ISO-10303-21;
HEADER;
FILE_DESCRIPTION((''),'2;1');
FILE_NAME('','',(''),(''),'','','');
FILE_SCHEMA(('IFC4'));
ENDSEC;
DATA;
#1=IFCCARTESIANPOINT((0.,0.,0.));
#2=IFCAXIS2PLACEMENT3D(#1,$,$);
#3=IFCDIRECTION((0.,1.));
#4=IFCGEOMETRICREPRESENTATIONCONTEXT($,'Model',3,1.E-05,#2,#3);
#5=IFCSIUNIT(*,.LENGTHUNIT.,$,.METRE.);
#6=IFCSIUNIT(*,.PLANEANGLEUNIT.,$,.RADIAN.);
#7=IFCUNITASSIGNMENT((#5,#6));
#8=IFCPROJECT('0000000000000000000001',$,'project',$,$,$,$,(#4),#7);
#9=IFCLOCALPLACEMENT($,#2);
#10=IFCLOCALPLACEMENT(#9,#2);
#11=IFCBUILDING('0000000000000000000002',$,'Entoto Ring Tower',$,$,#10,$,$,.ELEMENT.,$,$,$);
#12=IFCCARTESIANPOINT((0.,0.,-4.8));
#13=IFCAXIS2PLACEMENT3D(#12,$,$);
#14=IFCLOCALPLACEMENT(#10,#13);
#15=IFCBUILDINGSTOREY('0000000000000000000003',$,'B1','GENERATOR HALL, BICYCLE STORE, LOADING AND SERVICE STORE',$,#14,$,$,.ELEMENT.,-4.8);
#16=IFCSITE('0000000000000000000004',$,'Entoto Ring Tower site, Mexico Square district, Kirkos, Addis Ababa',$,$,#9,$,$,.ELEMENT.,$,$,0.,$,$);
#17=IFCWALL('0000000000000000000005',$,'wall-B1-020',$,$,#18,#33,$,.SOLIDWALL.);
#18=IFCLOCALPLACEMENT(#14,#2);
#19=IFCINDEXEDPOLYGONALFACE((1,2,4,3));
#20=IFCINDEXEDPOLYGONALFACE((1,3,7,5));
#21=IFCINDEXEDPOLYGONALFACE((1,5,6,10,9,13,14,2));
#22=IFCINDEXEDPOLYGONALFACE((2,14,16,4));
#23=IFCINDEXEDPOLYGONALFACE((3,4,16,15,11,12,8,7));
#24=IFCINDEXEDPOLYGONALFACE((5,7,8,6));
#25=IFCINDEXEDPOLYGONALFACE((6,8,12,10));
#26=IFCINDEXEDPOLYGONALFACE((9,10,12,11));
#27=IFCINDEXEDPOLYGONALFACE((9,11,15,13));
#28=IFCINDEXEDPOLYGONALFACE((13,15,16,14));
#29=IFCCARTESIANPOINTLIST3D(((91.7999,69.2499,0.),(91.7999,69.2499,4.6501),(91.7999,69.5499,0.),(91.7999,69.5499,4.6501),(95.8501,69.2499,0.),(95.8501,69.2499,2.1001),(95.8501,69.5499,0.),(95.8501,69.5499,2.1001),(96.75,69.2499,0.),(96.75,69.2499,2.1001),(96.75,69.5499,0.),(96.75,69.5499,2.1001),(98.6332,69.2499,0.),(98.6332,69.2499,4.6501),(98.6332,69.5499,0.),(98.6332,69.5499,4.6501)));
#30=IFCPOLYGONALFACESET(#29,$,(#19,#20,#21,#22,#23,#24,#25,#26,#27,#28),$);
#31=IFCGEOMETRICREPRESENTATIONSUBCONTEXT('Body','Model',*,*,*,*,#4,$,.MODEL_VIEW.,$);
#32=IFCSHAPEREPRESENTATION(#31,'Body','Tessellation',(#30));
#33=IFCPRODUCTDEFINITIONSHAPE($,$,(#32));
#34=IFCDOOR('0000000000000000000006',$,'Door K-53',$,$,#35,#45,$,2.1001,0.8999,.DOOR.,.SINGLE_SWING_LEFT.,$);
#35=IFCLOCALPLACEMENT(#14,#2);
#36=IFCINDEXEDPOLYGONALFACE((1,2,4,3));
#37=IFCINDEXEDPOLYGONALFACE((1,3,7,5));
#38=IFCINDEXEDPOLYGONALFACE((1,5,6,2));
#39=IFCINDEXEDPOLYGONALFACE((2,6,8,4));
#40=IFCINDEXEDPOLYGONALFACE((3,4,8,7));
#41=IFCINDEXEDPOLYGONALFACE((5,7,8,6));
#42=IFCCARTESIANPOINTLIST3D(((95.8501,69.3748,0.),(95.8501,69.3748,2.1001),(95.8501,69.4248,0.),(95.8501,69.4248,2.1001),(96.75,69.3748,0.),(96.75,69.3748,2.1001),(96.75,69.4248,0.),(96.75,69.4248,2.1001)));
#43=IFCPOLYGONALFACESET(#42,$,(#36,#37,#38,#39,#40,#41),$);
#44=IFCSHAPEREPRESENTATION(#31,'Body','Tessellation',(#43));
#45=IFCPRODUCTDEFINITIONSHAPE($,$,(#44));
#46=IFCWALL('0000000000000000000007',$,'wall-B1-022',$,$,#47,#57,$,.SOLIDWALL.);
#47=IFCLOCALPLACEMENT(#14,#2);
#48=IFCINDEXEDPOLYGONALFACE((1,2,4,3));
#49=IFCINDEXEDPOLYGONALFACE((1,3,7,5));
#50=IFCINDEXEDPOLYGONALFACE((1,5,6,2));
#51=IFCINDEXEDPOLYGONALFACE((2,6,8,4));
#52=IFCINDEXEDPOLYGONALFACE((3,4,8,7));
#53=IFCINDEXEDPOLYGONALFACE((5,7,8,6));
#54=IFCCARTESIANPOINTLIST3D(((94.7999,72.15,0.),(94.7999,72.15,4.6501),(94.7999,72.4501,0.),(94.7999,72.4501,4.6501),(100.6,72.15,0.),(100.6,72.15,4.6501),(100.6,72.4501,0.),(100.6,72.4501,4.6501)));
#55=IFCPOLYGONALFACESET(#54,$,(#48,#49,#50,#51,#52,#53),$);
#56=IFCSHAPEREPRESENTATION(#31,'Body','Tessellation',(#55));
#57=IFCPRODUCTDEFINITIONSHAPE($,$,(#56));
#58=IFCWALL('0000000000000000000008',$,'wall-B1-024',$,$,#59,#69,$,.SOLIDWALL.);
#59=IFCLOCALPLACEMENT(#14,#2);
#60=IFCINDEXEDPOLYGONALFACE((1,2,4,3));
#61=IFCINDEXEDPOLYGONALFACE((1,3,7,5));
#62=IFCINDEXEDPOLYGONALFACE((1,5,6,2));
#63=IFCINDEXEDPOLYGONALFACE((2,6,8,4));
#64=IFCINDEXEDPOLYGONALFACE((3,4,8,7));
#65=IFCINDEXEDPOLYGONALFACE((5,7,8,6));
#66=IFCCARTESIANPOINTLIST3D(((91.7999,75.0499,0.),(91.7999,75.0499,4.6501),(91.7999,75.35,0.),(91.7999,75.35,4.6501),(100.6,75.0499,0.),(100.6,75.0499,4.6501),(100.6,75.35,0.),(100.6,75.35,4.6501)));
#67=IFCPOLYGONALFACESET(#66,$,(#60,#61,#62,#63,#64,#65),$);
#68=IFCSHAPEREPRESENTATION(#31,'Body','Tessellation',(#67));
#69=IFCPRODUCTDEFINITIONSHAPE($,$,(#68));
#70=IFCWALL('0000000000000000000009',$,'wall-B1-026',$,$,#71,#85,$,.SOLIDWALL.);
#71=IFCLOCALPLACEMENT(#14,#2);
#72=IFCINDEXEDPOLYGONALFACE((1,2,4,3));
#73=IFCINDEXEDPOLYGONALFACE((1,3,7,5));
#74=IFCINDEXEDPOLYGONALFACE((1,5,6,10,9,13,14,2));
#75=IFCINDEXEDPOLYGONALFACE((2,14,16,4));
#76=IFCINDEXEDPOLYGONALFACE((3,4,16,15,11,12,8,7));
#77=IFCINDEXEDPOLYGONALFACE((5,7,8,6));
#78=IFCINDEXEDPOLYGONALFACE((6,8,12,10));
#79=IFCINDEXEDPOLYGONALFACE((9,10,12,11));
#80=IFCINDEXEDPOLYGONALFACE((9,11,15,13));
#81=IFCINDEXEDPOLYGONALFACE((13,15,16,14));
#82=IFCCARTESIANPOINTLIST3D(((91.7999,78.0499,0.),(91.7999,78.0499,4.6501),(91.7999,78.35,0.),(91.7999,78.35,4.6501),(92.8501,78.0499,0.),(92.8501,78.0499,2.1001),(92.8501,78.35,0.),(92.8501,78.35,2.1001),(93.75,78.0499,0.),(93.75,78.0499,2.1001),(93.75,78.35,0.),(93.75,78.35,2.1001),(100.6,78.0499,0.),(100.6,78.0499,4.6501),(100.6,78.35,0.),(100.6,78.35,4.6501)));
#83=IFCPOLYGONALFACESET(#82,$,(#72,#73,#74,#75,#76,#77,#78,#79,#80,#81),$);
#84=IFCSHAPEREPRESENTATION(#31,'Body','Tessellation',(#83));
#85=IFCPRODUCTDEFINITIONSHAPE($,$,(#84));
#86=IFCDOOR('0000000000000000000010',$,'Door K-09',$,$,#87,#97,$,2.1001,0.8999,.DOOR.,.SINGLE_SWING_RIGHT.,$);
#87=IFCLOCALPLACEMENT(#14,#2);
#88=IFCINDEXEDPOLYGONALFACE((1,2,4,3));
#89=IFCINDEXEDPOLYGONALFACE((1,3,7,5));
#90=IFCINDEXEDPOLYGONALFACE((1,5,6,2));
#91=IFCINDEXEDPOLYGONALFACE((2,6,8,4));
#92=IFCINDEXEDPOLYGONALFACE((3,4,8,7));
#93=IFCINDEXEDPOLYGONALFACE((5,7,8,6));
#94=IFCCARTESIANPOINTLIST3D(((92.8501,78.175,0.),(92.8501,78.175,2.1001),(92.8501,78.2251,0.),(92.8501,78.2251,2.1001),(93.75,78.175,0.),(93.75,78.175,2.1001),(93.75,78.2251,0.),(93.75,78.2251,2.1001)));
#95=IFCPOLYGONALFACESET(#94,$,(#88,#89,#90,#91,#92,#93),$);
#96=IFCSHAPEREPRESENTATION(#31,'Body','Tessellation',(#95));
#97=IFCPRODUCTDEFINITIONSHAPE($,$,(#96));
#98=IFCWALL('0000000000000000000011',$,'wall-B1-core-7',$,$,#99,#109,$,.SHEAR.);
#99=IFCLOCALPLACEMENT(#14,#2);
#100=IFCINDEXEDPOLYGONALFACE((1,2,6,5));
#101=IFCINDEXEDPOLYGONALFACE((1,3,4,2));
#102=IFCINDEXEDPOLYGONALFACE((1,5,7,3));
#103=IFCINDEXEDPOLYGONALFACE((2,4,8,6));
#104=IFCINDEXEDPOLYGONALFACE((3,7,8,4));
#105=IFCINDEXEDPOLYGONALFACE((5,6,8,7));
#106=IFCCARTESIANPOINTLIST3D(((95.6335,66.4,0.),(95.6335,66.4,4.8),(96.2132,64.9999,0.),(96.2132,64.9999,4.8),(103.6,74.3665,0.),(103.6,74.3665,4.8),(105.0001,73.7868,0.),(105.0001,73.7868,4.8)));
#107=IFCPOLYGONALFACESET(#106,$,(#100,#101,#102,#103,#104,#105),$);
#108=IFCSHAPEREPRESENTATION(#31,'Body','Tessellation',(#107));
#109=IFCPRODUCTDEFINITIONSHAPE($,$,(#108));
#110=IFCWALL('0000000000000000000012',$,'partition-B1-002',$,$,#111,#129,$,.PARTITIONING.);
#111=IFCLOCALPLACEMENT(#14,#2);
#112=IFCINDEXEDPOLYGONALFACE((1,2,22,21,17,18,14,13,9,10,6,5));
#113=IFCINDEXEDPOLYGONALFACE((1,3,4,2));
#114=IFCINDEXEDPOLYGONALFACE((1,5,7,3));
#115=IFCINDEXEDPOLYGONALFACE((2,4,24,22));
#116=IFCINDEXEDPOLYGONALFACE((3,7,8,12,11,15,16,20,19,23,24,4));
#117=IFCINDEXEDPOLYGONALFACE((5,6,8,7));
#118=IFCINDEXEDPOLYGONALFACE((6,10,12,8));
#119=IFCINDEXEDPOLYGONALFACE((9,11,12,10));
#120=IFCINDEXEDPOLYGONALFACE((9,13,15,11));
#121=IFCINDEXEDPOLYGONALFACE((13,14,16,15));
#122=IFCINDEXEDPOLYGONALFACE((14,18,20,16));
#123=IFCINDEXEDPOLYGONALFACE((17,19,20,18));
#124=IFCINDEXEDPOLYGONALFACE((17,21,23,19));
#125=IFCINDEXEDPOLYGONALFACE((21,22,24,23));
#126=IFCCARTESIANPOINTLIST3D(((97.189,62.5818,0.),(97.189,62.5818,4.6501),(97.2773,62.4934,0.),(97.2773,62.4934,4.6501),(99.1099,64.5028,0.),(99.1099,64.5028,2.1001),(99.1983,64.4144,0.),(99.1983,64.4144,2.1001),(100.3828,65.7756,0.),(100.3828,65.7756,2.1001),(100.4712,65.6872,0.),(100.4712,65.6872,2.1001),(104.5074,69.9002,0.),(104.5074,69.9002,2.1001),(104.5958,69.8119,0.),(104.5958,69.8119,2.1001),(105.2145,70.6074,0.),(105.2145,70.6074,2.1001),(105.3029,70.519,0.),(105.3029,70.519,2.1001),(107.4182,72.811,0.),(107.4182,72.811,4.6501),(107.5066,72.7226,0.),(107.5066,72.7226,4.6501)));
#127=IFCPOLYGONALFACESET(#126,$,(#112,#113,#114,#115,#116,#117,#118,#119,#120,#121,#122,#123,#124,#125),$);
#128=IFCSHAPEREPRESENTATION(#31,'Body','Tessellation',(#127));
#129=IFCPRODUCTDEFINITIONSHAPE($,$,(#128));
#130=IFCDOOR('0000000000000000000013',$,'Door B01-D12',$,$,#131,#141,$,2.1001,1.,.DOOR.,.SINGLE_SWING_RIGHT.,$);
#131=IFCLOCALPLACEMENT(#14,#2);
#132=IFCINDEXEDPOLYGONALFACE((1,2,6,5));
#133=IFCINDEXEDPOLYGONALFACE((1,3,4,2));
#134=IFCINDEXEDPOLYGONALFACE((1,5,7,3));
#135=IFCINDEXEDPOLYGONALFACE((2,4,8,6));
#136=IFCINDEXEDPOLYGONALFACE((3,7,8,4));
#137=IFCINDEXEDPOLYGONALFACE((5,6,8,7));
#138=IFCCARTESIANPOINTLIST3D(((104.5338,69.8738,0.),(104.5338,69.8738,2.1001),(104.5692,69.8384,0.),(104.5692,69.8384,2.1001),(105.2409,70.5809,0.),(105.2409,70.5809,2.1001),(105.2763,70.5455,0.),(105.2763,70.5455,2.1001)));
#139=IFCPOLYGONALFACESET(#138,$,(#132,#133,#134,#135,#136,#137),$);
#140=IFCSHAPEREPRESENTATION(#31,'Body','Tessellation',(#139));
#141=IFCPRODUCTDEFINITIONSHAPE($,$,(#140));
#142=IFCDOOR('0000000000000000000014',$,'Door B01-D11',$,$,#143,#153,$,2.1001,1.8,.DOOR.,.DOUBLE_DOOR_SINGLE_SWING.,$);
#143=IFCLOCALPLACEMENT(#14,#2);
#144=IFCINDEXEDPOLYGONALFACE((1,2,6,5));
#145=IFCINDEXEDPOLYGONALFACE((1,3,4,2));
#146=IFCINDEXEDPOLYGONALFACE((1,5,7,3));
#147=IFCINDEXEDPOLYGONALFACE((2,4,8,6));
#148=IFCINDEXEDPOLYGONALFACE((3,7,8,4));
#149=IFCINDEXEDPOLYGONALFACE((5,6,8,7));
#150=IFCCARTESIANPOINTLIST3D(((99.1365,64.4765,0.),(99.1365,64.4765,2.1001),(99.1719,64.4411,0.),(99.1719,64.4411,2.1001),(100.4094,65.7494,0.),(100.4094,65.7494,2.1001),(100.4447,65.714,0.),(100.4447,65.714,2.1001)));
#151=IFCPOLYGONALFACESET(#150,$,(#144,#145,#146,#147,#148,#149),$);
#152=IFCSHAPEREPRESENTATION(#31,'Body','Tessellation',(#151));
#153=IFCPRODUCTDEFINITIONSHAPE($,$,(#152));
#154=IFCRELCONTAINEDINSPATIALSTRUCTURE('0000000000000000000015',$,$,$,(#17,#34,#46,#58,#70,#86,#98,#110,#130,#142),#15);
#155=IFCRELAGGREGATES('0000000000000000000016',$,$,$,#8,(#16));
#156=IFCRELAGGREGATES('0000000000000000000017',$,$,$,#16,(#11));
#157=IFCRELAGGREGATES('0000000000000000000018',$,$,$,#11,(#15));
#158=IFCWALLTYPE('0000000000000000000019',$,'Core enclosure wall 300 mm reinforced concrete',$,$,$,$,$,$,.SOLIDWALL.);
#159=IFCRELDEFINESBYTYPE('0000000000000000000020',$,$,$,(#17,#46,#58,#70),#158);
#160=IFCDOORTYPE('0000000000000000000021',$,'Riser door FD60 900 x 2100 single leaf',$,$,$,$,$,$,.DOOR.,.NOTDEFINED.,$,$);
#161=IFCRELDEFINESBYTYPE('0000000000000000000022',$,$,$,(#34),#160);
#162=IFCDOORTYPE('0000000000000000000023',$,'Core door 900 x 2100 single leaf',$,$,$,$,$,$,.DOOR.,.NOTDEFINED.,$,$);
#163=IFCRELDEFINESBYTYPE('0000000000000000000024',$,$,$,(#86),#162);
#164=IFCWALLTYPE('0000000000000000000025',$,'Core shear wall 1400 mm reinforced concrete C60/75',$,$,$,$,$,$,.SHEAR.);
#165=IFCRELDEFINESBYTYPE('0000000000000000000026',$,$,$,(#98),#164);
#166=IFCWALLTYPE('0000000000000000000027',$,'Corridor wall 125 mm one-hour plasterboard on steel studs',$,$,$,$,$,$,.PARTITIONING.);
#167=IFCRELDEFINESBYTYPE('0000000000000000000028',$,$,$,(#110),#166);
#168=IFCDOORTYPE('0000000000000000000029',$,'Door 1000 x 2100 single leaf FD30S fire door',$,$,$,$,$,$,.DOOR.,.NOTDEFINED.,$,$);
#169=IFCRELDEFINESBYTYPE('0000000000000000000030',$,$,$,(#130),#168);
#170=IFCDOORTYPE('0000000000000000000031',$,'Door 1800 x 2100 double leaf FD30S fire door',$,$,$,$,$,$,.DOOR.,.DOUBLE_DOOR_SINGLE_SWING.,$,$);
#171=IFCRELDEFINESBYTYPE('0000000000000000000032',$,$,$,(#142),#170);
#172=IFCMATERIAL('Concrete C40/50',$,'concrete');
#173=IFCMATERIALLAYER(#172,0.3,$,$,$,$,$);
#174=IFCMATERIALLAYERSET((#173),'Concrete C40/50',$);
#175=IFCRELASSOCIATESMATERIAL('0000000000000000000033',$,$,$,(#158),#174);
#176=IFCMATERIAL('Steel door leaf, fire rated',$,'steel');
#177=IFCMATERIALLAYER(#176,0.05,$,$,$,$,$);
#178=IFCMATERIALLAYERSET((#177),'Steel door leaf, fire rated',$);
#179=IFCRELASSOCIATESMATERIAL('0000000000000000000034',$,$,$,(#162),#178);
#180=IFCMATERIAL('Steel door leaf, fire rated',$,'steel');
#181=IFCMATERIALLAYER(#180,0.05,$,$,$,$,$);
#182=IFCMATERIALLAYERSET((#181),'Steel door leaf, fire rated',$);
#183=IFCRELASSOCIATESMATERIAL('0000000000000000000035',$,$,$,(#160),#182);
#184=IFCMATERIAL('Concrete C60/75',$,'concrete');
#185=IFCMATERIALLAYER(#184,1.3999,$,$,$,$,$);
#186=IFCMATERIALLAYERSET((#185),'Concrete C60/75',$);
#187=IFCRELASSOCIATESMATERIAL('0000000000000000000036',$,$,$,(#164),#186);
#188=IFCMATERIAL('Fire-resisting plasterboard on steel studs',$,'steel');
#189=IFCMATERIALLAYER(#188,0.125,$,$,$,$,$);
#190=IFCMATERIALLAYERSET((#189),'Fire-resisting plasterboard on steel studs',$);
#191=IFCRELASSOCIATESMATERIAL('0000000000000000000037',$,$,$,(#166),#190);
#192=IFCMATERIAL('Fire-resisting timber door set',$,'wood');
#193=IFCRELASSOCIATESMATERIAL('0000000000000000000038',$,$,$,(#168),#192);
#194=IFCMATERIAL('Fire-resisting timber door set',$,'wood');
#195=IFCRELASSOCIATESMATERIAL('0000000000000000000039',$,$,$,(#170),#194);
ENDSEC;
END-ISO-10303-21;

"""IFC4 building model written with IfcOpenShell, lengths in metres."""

from ifc_helpers import new_model, si_unit, direction, frame, frame_2d, origin, place, context, subcontext, project, spatial, polyline, rectangle, outline, extrude, material, layer, layer_set, type_object, element, fill, save


model = new_model("IFC4")

# Units and contexts
model_context = context("Model", 3, precision=1e-05, world=origin(), true_north=direction((0.0, 1.0)))
body_context = subcontext(model_context, "Body", "Model", "MODEL_VIEW")
ifc_project = project(units=[si_unit("LENGTHUNIT", "METRE"), si_unit("PLANEANGLEUNIT", "RADIAN")], contexts=[model_context])

# Site, building, storey
site_placement = place(None, origin())
site = spatial("IfcSite", under=ifc_project, at=site_placement, Name="Entoto Ring Tower site, Mexico Square district, Kirkos, Addis Ababa", CompositionType="ELEMENT", RefElevation=0.0)
building_placement = place(site_placement, origin())
building = spatial("IfcBuilding", under=site, at=building_placement, Name="Entoto Ring Tower", CompositionType="ELEMENT")
storey_placement = place(building_placement, frame((0.0, 0.0, -4.8)))
storey = spatial("IfcBuildingStorey", under=building, at=storey_placement, Name="B1", Description="GENERATOR HALL, BICYCLE STORE, LOADING AND SERVICE STORE", CompositionType="ELEMENT", Elevation=-4.8)

# Shared definitions
ifc_material_1 = material(Name="Concrete C40/50", Category="concrete")
ifc_layer_1 = layer(ifc_material_1, 0.3)
ifc_layer_set_1 = layer_set([ifc_layer_1], Name="Concrete C40/50")
wall_type_1 = type_object("IfcWallType", Name="Core enclosure wall 300 mm reinforced concrete", PredefinedType="SOLIDWALL", material=ifc_layer_set_1)

# Wall, opening, door
ifc_material_2 = material(Name="Steel door leaf, fire rated", Category="steel")
ifc_layer_2 = layer(ifc_material_2, 0.05)
ifc_layer_set_2 = layer_set([ifc_layer_2], Name="Steel door leaf, fire rated")
door_type_1 = type_object("IfcDoorType", Name="Core door 900 x 2100 single leaf", OperationType="NOTDEFINED", PredefinedType="DOOR", material=ifc_layer_set_2)
wall_1_placement = place(storey_placement, frame((91.8, 69.3999, 0.0), z_axis=(0.0, 0.0, 1.0), x_axis=(1.0, 0.0, 0.0)))
wall_1 = element("IfcWall", 1, at=wall_1_placement, inside=storey, type_object=wall_type_1, Name="wall-B1-020", PredefinedType="SOLIDWALL", context=body_context, shape_type="SweptSolid", body=[
    extrude(rectangle(XDim=6.8333, YDim=0.3, at=frame_2d((3.4165, 0.0))), origin(), (0.0, 0.0, 1.0), 4.6501),
])
opening_1_placement = place(wall_1_placement, frame((4.05, 0.0, 0.0)))
opening_1 = element("IfcOpeningElement", 2, at=opening_1_placement, cuts=wall_1, PredefinedType="OPENING", context=body_context, shape_type="SweptSolid", body=[
    extrude(rectangle(XDim=0.8999, YDim=2.1001, at=frame_2d((0.45, 1.05))), frame((0.0, 0.1602, 0.0), z_axis=(0.0, -1.0, 0.0), x_axis=(1.0, 0.0, 0.0)), (0.0, 0.0, 1.0), 0.3201),
])
ifc_material_3 = material(Name="Steel door leaf, fire rated", Category="steel")
ifc_layer_3 = layer(ifc_material_3, 0.05)
ifc_layer_set_3 = layer_set([ifc_layer_3], Name="Steel door leaf, fire rated")
door_type_2 = type_object("IfcDoorType", Name="Riser door FD60 900 x 2100 single leaf", OperationType="NOTDEFINED", PredefinedType="DOOR", material=ifc_layer_set_3)
door_1_placement = place(opening_1_placement, origin())
door_1 = element("IfcDoor", 3, at=door_1_placement, inside=storey, type_object=door_type_2, Name="Door K-53", OperationType="SINGLE_SWING_LEFT", OverallHeight=2.1001, OverallWidth=0.8999, PredefinedType="DOOR", context=body_context, shape_type="SweptSolid", body=[
    extrude(rectangle(XDim=0.8999, YDim=2.1001, at=frame_2d((0.45, 1.05))), frame((0.0, 0.0249, 0.0), z_axis=(0.0, -1.0, 0.0), x_axis=(1.0, 0.0, 0.0)), (0.0, 0.0, 1.0), 0.05),
])
fill(opening_1, door_1)

# Walls
wall_2_placement = place(storey_placement, frame((94.8, 72.3, 0.0), z_axis=(0.0, 0.0, 1.0), x_axis=(1.0, 0.0, 0.0)))
element("IfcWall", 4, at=wall_2_placement, inside=storey, type_object=wall_type_1, Name="wall-B1-022", PredefinedType="SOLIDWALL", context=body_context, shape_type="SweptSolid", body=[
    extrude(rectangle(XDim=5.8, YDim=0.3, at=frame_2d((2.8999, 0.0))), origin(), (0.0, 0.0, 1.0), 4.6501),
])
wall_3_placement = place(storey_placement, frame((91.8, 75.2, 0.0), z_axis=(0.0, 0.0, 1.0), x_axis=(1.0, 0.0, 0.0)))
element("IfcWall", 5, at=wall_3_placement, inside=storey, type_object=wall_type_1, Name="wall-B1-024", PredefinedType="SOLIDWALL", context=body_context, shape_type="SweptSolid", body=[
    extrude(rectangle(XDim=8.8, YDim=0.3, at=frame_2d((4.3999, 0.0))), origin(), (0.0, 0.0, 1.0), 4.6501),
])

# Wall, opening, door
wall_4_placement = place(storey_placement, frame((91.8, 78.2, 0.0), z_axis=(0.0, 0.0, 1.0), x_axis=(1.0, 0.0, 0.0)))
wall_4 = element("IfcWall", 6, at=wall_4_placement, inside=storey, type_object=wall_type_1, Name="wall-B1-026", PredefinedType="SOLIDWALL", context=body_context, shape_type="SweptSolid", body=[
    extrude(rectangle(XDim=8.8, YDim=0.3, at=frame_2d((4.3999, 0.0))), origin(), (0.0, 0.0, 1.0), 4.6501),
])
opening_2_placement = place(wall_4_placement, frame((1.05, 0.0, 0.0)))
opening_2 = element("IfcOpeningElement", 7, at=opening_2_placement, cuts=wall_4, PredefinedType="OPENING", context=body_context, shape_type="SweptSolid", body=[
    extrude(rectangle(XDim=0.8999, YDim=2.1001, at=frame_2d((0.45, 1.05))), frame((0.0, 0.1602, 0.0), z_axis=(0.0, -1.0, 0.0), x_axis=(1.0, 0.0, 0.0)), (0.0, 0.0, 1.0), 0.3201),
])
door_2_placement = place(opening_2_placement, frame((0.8999, 0.0, 0.0), z_axis=(0.0, 0.0, 1.0), x_axis=(-1.0, 0.0, 0.0)))
door_2 = element("IfcDoor", 8, at=door_2_placement, inside=storey, type_object=door_type_1, Name="Door K-09", OperationType="SINGLE_SWING_RIGHT", OverallHeight=2.1001, OverallWidth=0.8999, PredefinedType="DOOR", context=body_context, shape_type="SweptSolid", body=[
    extrude(rectangle(XDim=0.8999, YDim=2.1001, at=frame_2d((0.45, 1.05))), frame((0.0, 0.0249, 0.0), z_axis=(0.0, -1.0, 0.0), x_axis=(1.0, 0.0, 0.0)), (0.0, 0.0, 1.0), 0.05),
])
fill(opening_2, door_2)

# Wall
ifc_material_4 = material(Name="Concrete C60/75", Category="concrete")
ifc_layer_4 = layer(ifc_material_4, 1.3999)
ifc_layer_set_4 = layer_set([ifc_layer_4], Name="Concrete C60/75")
wall_type_2 = type_object("IfcWallType", Name="Core shear wall 1400 mm reinforced concrete C60/75", PredefinedType="SHEAR", material=ifc_layer_set_4)
wall_5_placement = place(storey_placement, frame((95.9233, 65.7, 0.0), z_axis=(0.0, 0.0, 1.0), x_axis=(0.707107, 0.707107, 0.0)))
element("IfcWall", 9, at=wall_5_placement, inside=storey, type_object=wall_type_2, Name="wall-B1-core-7", PredefinedType="SHEAR", context=body_context, shape_type="SweptSolid", body=[
    extrude(outline(polyline([(-0.29, -0.7), (12.1365, -0.7), (11.5564, 0.7), (0.29, 0.7), (-0.29, -0.7)])), origin(), (0.0, 0.0, 1.0), 4.8),
])

# Wall, openings, doors
ifc_material_5 = material(Name="Fire-resisting plasterboard on steel studs", Category="steel")
ifc_layer_5 = layer(ifc_material_5, 0.125)
ifc_layer_set_5 = layer_set([ifc_layer_5], Name="Fire-resisting plasterboard on steel studs")
wall_type_3 = type_object("IfcWallType", Name="Corridor wall 125 mm one-hour plasterboard on steel studs", PredefinedType="PARTITIONING", material=ifc_layer_set_5)
wall_6_placement = place(storey_placement, frame((97.2332, 62.5376, 0.0), z_axis=(0.0, 0.0, 1.0), x_axis=(0.707107, 0.707107, 0.0)))
wall_6 = element("IfcWall", 10, at=wall_6_placement, inside=storey, type_object=wall_type_3, Name="partition-B1-002", PredefinedType="PARTITIONING", context=body_context, shape_type="SweptSolid", body=[
    extrude(rectangle(XDim=14.4663, YDim=0.125, at=frame_2d((7.2332, 0.0))), origin(), (0.0, 0.0, 1.0), 4.6501),
])
opening_3_placement = place(wall_6_placement, frame((2.7168, 0.0, 0.0)))
opening_3 = element("IfcOpeningElement", 11, at=opening_3_placement, cuts=wall_6, PredefinedType="OPENING", context=body_context, shape_type="SweptSolid", body=[
    extrude(rectangle(XDim=1.8, YDim=2.1001, at=frame_2d((0.8999, 1.05))), frame((0.0, 0.0725, 0.0), z_axis=(0.0, -1.0, 0.0), x_axis=(1.0, 0.0, 0.0)), (0.0, 0.0, 1.0), 0.145),
])
opening_4_placement = place(wall_6_placement, frame((10.3499, 0.0, 0.0)))
opening_4 = element("IfcOpeningElement", 12, at=opening_4_placement, cuts=wall_6, PredefinedType="OPENING", context=body_context, shape_type="SweptSolid", body=[
    extrude(rectangle(XDim=1.0, YDim=2.1001, at=frame_2d((0.5, 1.05))), frame((0.0, 0.0725, 0.0), z_axis=(0.0, -1.0, 0.0), x_axis=(1.0, 0.0, 0.0)), (0.0, 0.0, 1.0), 0.145),
])
ifc_material_6 = material(Name="Fire-resisting timber door set", Category="wood")
door_type_3 = type_object("IfcDoorType", Name="Door 1000 x 2100 single leaf FD30S fire door", OperationType="NOTDEFINED", PredefinedType="DOOR", material=ifc_material_6)
door_3_placement = place(opening_4_placement, frame((1.0, 0.0, 0.0), z_axis=(0.0, 0.0, 1.0), x_axis=(-1.0, 0.0, 0.0)))
door_3 = element("IfcDoor", 13, at=door_3_placement, inside=storey, type_object=door_type_3, Name="Door B01-D12", OperationType="SINGLE_SWING_RIGHT", OverallHeight=2.1001, OverallWidth=1.0, PredefinedType="DOOR", context=body_context, shape_type="SweptSolid", body=[
    extrude(rectangle(XDim=1.0, YDim=2.1001, at=frame_2d((0.5, 1.05))), frame((0.0, 0.0249, 0.0), z_axis=(0.0, -1.0, 0.0), x_axis=(1.0, 0.0, 0.0)), (0.0, 0.0, 1.0), 0.05),
])
fill(opening_4, door_3)
ifc_material_7 = material(Name="Fire-resisting timber door set", Category="wood")
door_type_4 = type_object("IfcDoorType", Name="Door 1800 x 2100 double leaf FD30S fire door", OperationType="DOUBLE_DOOR_SINGLE_SWING", PredefinedType="DOOR", material=ifc_material_7)
door_4_placement = place(opening_3_placement, frame((1.8, 0.0, 0.0), z_axis=(0.0, 0.0, 1.0), x_axis=(-1.0, 0.0, 0.0)))
door_4 = element("IfcDoor", 14, at=door_4_placement, inside=storey, type_object=door_type_4, Name="Door B01-D11", OperationType="DOUBLE_DOOR_SINGLE_SWING", OverallHeight=2.1001, OverallWidth=1.8, PredefinedType="DOOR", context=body_context, shape_type="SweptSolid", body=[
    extrude(rectangle(XDim=1.8, YDim=2.1001, at=frame_2d((0.8999, 1.05))), frame((0.0, 0.0249, 0.0), z_axis=(0.0, -1.0, 0.0), x_axis=(1.0, 0.0, 0.0)), (0.0, 0.0, 1.0), 0.05),
])
fill(opening_3, door_4)

save(model, "model.ifc")
